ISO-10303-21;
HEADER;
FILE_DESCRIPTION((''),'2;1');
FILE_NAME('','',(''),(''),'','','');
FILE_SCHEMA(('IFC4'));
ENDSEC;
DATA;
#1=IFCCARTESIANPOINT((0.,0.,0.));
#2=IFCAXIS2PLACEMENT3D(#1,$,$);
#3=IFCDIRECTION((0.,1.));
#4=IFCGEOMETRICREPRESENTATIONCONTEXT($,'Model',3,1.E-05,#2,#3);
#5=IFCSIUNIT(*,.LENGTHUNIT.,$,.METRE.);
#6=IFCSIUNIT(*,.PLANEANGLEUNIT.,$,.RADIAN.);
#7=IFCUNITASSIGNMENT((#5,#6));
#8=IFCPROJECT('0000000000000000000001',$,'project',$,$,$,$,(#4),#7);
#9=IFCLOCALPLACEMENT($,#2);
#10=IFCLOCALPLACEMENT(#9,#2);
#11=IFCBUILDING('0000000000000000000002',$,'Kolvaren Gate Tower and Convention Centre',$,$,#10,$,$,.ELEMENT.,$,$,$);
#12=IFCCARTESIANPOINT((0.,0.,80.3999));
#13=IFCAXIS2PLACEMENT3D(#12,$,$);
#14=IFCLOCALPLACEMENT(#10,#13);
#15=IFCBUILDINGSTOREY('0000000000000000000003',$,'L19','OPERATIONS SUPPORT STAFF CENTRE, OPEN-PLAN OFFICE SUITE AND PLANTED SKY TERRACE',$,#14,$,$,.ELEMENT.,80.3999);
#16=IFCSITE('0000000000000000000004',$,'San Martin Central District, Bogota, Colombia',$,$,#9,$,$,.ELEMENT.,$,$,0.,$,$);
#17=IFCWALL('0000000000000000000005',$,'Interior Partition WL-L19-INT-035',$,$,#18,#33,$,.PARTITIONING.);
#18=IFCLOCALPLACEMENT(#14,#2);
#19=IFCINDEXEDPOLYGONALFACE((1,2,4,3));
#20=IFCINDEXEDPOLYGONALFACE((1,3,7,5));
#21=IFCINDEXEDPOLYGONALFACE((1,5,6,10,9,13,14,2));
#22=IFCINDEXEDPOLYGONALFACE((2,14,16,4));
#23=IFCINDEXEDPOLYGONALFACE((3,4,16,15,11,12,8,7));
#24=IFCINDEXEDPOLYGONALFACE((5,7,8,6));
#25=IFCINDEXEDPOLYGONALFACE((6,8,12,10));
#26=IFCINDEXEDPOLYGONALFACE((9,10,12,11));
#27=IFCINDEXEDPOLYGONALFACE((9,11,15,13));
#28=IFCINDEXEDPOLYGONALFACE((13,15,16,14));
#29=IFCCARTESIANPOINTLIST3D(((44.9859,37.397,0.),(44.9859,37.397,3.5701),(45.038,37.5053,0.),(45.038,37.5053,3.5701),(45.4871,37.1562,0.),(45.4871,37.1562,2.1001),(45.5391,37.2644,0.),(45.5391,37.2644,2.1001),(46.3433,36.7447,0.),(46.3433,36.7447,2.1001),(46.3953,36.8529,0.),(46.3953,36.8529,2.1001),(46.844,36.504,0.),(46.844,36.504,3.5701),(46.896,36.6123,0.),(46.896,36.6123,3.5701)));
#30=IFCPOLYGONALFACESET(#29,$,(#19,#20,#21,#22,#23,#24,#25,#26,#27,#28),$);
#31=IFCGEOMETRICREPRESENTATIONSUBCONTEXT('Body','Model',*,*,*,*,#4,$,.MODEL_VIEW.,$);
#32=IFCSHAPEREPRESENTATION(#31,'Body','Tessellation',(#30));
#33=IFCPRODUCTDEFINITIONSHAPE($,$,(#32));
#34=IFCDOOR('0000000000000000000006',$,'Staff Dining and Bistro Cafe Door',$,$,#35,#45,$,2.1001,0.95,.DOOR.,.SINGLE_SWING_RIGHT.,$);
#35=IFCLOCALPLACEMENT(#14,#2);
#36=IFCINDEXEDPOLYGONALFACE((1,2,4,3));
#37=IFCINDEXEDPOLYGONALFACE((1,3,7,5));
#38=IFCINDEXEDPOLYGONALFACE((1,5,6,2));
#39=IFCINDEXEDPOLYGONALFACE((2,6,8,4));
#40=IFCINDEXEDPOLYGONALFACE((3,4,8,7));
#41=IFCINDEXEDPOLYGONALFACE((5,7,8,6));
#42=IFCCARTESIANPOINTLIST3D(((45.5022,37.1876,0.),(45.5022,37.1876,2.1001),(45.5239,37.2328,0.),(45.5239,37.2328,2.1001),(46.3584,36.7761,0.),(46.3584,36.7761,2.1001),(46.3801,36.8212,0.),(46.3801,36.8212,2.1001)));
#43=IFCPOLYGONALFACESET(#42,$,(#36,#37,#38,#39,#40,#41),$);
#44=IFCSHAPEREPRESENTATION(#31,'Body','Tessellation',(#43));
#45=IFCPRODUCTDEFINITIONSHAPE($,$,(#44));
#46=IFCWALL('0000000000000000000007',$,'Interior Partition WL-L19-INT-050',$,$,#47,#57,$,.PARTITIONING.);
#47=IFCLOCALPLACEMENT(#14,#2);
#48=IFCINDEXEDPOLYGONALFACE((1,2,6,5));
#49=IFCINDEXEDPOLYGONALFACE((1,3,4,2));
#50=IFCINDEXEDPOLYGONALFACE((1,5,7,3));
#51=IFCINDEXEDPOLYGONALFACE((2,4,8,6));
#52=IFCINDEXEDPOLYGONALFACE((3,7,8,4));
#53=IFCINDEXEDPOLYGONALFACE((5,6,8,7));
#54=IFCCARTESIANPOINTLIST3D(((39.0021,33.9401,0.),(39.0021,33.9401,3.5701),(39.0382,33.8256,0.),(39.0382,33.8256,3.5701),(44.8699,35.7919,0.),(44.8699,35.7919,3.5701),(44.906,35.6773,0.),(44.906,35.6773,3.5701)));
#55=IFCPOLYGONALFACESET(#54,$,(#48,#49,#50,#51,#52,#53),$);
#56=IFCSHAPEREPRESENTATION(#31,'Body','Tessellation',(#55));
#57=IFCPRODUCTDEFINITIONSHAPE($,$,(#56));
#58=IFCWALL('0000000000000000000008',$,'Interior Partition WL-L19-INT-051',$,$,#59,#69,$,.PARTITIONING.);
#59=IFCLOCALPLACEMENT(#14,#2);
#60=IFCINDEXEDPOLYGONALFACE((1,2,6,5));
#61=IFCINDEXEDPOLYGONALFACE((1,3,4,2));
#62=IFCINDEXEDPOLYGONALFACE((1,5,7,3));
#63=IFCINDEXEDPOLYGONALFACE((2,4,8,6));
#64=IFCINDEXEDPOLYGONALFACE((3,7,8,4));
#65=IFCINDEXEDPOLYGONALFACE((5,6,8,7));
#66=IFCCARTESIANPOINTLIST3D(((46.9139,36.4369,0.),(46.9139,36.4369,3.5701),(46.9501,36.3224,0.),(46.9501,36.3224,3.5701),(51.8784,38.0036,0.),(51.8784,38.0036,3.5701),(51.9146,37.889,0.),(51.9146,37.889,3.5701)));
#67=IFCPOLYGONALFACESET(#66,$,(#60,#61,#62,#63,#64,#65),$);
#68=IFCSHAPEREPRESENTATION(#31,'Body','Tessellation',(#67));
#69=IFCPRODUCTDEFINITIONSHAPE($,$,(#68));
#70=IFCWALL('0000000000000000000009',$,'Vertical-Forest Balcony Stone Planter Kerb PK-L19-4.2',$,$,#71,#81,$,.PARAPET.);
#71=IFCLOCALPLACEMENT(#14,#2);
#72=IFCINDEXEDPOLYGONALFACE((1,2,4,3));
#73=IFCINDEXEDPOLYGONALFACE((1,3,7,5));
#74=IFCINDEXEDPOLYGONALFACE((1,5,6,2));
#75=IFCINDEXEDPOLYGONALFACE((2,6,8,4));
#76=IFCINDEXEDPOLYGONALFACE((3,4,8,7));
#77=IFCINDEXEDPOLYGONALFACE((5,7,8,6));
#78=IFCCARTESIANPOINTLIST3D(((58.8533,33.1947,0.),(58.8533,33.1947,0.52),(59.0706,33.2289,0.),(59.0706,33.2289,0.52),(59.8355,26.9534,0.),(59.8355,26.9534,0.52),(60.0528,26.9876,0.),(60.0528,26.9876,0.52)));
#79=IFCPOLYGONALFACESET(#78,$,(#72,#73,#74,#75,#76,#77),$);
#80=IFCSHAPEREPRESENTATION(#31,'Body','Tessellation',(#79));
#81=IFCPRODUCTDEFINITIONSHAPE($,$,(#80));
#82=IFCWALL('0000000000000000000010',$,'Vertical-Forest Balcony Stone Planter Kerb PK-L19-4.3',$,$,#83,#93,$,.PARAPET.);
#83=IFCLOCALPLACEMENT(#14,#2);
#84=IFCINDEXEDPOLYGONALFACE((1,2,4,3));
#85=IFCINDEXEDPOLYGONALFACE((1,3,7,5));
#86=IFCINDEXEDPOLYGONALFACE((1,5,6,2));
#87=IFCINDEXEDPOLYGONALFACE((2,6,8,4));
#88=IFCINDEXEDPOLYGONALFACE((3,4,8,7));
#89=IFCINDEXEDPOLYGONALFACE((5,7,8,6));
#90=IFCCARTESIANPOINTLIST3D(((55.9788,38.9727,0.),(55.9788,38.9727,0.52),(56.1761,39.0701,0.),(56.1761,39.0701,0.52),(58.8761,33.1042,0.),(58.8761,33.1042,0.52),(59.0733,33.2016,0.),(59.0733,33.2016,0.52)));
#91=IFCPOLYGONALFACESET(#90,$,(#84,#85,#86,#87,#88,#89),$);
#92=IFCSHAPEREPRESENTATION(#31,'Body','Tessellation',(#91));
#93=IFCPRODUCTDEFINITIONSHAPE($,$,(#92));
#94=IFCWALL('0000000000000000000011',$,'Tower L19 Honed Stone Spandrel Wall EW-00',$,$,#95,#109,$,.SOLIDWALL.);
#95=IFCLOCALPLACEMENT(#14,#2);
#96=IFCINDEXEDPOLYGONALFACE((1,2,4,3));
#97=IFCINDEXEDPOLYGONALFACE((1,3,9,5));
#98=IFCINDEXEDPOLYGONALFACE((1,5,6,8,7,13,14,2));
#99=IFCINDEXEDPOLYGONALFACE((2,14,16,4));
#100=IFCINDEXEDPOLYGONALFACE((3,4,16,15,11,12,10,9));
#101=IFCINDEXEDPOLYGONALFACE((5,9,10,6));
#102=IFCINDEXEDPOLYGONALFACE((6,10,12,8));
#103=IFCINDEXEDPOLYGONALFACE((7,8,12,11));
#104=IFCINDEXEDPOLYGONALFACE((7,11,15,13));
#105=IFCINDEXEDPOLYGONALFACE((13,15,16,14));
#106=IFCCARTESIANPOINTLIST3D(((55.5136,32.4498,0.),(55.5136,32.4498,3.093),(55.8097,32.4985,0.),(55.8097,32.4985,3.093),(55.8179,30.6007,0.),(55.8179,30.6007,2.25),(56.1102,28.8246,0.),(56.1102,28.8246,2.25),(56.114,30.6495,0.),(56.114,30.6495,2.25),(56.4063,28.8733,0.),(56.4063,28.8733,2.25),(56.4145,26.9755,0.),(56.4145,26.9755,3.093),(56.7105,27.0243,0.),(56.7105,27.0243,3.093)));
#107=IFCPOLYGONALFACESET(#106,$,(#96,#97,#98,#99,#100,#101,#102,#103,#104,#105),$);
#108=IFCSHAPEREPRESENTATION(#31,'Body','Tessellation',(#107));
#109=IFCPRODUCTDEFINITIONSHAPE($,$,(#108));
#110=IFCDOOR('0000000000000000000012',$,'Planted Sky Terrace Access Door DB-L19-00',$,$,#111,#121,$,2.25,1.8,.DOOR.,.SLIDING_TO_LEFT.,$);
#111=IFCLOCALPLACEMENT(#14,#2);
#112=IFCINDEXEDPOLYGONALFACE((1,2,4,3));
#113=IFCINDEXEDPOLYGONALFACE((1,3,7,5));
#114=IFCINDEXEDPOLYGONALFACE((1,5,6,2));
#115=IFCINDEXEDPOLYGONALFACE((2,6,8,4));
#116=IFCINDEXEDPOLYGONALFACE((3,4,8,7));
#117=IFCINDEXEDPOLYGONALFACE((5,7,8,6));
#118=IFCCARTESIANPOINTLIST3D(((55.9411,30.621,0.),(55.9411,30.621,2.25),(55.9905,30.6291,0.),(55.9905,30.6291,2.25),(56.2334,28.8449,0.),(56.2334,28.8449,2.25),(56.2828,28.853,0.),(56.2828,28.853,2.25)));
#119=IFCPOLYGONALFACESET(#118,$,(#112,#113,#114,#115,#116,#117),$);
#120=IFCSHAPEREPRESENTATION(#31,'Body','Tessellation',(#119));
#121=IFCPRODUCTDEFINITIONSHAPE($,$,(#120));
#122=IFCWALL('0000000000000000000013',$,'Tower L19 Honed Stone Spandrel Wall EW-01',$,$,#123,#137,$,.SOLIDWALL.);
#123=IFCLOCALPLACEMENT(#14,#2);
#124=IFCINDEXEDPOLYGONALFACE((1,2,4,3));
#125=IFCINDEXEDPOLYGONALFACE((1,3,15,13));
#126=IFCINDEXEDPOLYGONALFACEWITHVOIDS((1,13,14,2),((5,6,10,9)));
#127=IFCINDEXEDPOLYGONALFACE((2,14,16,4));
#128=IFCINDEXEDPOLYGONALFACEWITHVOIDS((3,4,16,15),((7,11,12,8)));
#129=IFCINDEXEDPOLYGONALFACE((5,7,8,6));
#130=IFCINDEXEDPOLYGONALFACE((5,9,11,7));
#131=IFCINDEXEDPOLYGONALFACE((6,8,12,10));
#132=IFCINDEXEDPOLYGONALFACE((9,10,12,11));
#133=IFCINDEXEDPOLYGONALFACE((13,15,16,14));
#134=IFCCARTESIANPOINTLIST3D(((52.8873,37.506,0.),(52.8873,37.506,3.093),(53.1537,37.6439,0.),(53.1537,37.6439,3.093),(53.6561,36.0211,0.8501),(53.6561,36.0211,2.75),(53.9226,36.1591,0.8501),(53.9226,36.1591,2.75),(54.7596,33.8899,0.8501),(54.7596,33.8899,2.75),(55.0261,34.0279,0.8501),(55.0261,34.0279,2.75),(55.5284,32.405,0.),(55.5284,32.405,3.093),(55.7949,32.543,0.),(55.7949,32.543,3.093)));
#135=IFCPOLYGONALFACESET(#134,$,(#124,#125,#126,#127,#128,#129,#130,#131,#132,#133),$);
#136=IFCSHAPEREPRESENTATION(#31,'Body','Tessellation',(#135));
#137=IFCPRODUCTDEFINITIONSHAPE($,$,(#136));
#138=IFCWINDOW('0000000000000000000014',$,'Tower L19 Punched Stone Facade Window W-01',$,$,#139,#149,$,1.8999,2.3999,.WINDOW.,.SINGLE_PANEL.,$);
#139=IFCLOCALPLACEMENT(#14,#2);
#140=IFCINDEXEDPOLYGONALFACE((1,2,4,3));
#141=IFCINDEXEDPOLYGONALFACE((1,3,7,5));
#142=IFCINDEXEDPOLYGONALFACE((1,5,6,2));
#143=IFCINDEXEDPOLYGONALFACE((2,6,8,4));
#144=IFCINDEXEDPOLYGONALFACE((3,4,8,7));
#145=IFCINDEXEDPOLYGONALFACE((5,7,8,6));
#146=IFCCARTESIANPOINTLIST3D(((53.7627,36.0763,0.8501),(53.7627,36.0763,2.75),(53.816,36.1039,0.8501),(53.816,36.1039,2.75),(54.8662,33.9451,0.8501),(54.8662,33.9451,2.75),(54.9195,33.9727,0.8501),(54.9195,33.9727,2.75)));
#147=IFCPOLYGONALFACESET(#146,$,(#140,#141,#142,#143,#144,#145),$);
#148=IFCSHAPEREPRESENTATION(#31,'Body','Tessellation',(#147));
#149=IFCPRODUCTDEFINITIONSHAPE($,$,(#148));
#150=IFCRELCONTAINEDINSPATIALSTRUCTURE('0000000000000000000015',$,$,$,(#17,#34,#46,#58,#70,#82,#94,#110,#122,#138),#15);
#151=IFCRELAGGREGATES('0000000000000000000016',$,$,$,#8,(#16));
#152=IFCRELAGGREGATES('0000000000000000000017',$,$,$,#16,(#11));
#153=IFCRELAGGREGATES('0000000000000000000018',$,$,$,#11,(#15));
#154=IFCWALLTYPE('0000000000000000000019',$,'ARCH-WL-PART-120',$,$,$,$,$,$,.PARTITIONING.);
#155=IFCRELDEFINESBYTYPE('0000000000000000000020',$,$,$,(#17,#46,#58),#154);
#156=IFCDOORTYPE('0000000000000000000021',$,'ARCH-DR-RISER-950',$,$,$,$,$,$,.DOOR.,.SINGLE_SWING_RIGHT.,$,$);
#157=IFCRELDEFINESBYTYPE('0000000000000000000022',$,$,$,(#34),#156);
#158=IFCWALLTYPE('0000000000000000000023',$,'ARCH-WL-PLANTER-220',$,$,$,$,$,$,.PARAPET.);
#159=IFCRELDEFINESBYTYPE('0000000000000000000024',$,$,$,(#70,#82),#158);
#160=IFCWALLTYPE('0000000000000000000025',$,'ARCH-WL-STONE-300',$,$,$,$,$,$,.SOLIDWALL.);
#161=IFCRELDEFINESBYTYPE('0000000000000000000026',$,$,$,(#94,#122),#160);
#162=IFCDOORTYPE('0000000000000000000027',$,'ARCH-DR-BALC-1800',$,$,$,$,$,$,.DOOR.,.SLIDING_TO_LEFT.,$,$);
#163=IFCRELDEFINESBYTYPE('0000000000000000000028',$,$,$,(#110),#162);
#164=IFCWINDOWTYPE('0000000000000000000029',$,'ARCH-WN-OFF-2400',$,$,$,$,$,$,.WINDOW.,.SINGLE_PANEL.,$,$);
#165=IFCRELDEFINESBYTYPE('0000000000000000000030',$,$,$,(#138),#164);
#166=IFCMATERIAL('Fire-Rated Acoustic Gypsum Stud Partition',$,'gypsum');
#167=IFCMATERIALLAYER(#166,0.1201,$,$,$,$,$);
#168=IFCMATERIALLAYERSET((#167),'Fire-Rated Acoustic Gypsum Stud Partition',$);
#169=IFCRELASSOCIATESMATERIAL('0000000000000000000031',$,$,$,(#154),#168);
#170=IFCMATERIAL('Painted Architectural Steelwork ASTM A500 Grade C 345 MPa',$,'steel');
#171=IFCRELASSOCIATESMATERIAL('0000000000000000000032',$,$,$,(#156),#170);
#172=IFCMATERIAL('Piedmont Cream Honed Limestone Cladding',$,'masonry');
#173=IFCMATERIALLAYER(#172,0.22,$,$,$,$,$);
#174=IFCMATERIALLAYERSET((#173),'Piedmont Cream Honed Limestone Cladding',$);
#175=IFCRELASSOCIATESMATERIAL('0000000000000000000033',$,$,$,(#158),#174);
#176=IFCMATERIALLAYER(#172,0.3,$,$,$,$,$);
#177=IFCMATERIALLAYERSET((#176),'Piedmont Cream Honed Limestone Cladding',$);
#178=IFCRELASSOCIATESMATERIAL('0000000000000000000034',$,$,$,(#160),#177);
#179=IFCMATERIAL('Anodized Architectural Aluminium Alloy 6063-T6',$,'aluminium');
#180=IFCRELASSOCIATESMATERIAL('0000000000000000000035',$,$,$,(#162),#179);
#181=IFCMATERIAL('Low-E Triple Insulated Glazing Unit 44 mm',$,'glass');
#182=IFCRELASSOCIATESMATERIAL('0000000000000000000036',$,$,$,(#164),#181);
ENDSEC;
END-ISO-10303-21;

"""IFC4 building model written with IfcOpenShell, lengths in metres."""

from ifc_helpers import new_model, si_unit, direction, frame, frame_2d, origin, place, context, subcontext, project, spatial, rectangle, extrude, material, layer, layer_set, type_object, element, fill, save


model = new_model("IFC4")

# Units and contexts
model_context = context("Model", 3, precision=1e-05, world=origin(), true_north=direction((0.0, 1.0)))
body_context = subcontext(model_context, "Body", "Model", "MODEL_VIEW")
ifc_project = project(units=[si_unit("LENGTHUNIT", "METRE"), si_unit("PLANEANGLEUNIT", "RADIAN")], contexts=[model_context])

# Site, building, storey
site_placement = place(None, origin())
site = spatial("IfcSite", under=ifc_project, at=site_placement, Name="San Martin Central District, Bogota, Colombia", CompositionType="ELEMENT", RefElevation=0.0)
building_placement = place(site_placement, origin())
building = spatial("IfcBuilding", under=site, at=building_placement, Name="Kolvaren Gate Tower and Convention Centre", CompositionType="ELEMENT")
storey_placement = place(building_placement, frame((0.0, 0.0, 80.3999)))
storey = spatial("IfcBuildingStorey", under=building, at=storey_placement, Name="L19", Description="OPERATIONS SUPPORT STAFF CENTRE, OPEN-PLAN OFFICE SUITE AND PLANTED SKY TERRACE", CompositionType="ELEMENT", Elevation=80.3999)

# Wall, opening, door
ifc_material_1 = material(Name="Fire-Rated Acoustic Gypsum Stud Partition", Category="gypsum")
ifc_layer_1 = layer(ifc_material_1, 0.1201)
ifc_layer_set_1 = layer_set([ifc_layer_1], Name="Fire-Rated Acoustic Gypsum Stud Partition")
wall_type_1 = type_object("IfcWallType", Name="ARCH-WL-PART-120", PredefinedType="PARTITIONING", material=ifc_layer_set_1)
wall_1_placement = place(storey_placement, frame((45.012, 37.4512, 0.0), z_axis=(0.0, 0.0, 1.0), x_axis=(0.901305, -0.433185, 0.0)))
wall_1 = element("IfcWall", 1, at=wall_1_placement, inside=storey, type_object=wall_type_1, Name="Interior Partition WL-L19-INT-035", PredefinedType="PARTITIONING", context=body_context, shape_type="SweptSolid", body=[
    extrude(rectangle(XDim=2.0615, YDim=0.1201, at=frame_2d((1.0308, 0.0))), origin(), (0.0, 0.0, 1.0), 3.5701),
])
opening_1_placement = place(wall_1_placement, frame((0.5559, 0.0, 0.0)))
opening_1 = element("IfcOpeningElement", 2, at=opening_1_placement, cuts=wall_1, PredefinedType="OPENING", context=body_context, shape_type="SweptSolid", body=[
    extrude(rectangle(XDim=0.95, YDim=2.1001, at=frame_2d((0.4751, 1.05))), frame((0.0, 0.0701, 0.0), z_axis=(0.0, -1.0, 0.0), x_axis=(1.0, 0.0, 0.0)), (0.0, 0.0, 1.0), 0.1401),
])
ifc_material_2 = material(Name="Painted Architectural Steelwork ASTM A500 Grade C 345 MPa", Category="steel")
door_type_1 = type_object("IfcDoorType", Name="ARCH-DR-RISER-950", OperationType="SINGLE_SWING_RIGHT", PredefinedType="DOOR", material=ifc_material_2)
door_1_placement = place(opening_1_placement, origin())
door_1 = element("IfcDoor", 3, at=door_1_placement, inside=storey, type_object=door_type_1, Name="Staff Dining and Bistro Cafe Door", OperationType="SINGLE_SWING_RIGHT", OverallHeight=2.1001, OverallWidth=0.95, PredefinedType="DOOR", context=body_context, shape_type="SweptSolid", body=[
    extrude(rectangle(XDim=0.95, YDim=2.1001, at=frame_2d((0.4751, 1.05))), frame((0.0, 0.0249, 0.0), z_axis=(0.0, -1.0, 0.0), x_axis=(1.0, 0.0, 0.0)), (0.0, 0.0, 1.0), 0.05),
])
fill(opening_1, door_1)

# Walls
wall_2_placement = place(storey_placement, frame((39.02, 33.8828, 0.0), z_axis=(0.0, 0.0, 1.0), x_axis=(0.95364, 0.300951, 0.0)))
element("IfcWall", 4, at=wall_2_placement, inside=storey, type_object=wall_type_1, Name="Interior Partition WL-L19-INT-050", PredefinedType="PARTITIONING", context=body_context, shape_type="SweptSolid", body=[
    extrude(rectangle(XDim=6.1531, YDim=0.1201, at=frame_2d((3.0767, 0.0))), origin(), (0.0, 0.0, 1.0), 3.5701),
])
wall_3_placement = place(storey_placement, frame((46.9319, 36.3796, 0.0), z_axis=(0.0, 0.0, 1.0), x_axis=(0.953644, 0.300936, 0.0)))
element("IfcWall", 5, at=wall_3_placement, inside=storey, type_object=wall_type_1, Name="Interior Partition WL-L19-INT-051", PredefinedType="PARTITIONING", context=body_context, shape_type="SweptSolid", body=[
    extrude(rectangle(XDim=5.2058, YDim=0.1201, at=frame_2d((2.603, 0.0))), origin(), (0.0, 0.0, 1.0), 3.5701),
])
ifc_material_3 = material(Name="Piedmont Cream Honed Limestone Cladding", Category="masonry")
ifc_layer_2 = layer(ifc_material_3, 0.22)
ifc_layer_set_2 = layer_set([ifc_layer_2], Name="Piedmont Cream Honed Limestone Cladding")
wall_type_2 = type_object("IfcWallType", Name="ARCH-WL-PLANTER-220", PredefinedType="PARAPET", material=ifc_layer_set_2)
wall_4_placement = place(storey_placement, frame((58.9619, 33.2119, 0.0), z_axis=(0.0, 0.0, 1.0), x_axis=(0.155457, -0.987843, 0.0)))
element("IfcWall", 6, at=wall_4_placement, inside=storey, type_object=wall_type_2, Name="Vertical-Forest Balcony Stone Planter Kerb PK-L19-4.2", PredefinedType="PARAPET", context=body_context, shape_type="SweptSolid", body=[
    extrude(rectangle(XDim=6.3181, YDim=0.22, at=frame_2d((3.1592, 0.0))), origin(), (0.0, 0.0, 1.0), 0.52),
])
wall_5_placement = place(storey_placement, frame((56.0774, 39.0215, 0.0), z_axis=(0.0, 0.0, 1.0), x_axis=(0.442687, -0.896676, 0.0)))
element("IfcWall", 7, at=wall_5_placement, inside=storey, type_object=wall_type_2, Name="Vertical-Forest Balcony Stone Planter Kerb PK-L19-4.3", PredefinedType="PARAPET", context=body_context, shape_type="SweptSolid", body=[
    extrude(rectangle(XDim=6.5447, YDim=0.22, at=frame_2d((3.2725, 0.0))), origin(), (0.0, 0.0, 1.0), 0.52),
])

# Wall, opening, door
ifc_layer_3 = layer(ifc_material_3, 0.3)
ifc_layer_set_3 = layer_set([ifc_layer_3], Name="Piedmont Cream Honed Limestone Cladding")
wall_type_3 = type_object("IfcWallType", Name="ARCH-WL-STONE-300", PredefinedType="SOLIDWALL", material=ifc_layer_set_3)
wall_6_placement = place(storey_placement, frame((55.6616, 32.4741, 0.0), z_axis=(0.0, 0.0, 1.0), x_axis=(0.162386, -0.986727, 0.0)))
wall_6 = element("IfcWall", 8, at=wall_6_placement, inside=storey, type_object=wall_type_3, Name="Tower L19 Honed Stone Spandrel Wall EW-00", PredefinedType="SOLIDWALL", context=body_context, shape_type="SweptSolid", body=[
    extrude(rectangle(XDim=5.5479, YDim=0.3, at=frame_2d((2.7739, 0.0))), origin(), (0.0, 0.0, 1.0), 3.093),
])
opening_2_placement = place(wall_6_placement, frame((1.874, 0.0, 0.0)))
opening_2 = element("IfcOpeningElement", 9, at=opening_2_placement, cuts=wall_6, PredefinedType="OPENING", context=body_context, shape_type="SweptSolid", body=[
    extrude(rectangle(XDim=1.8, YDim=2.25, at=frame_2d((0.8999, 1.125))), frame((0.0, 0.1599, 0.0), z_axis=(0.0, -1.0, 0.0), x_axis=(1.0, 0.0, 0.0)), (0.0, 0.0, 1.0), 0.3201),
])
ifc_material_4 = material(Name="Anodized Architectural Aluminium Alloy 6063-T6", Category="aluminium")
door_type_2 = type_object("IfcDoorType", Name="ARCH-DR-BALC-1800", OperationType="SLIDING_TO_LEFT", PredefinedType="DOOR", material=ifc_material_4)
door_2_placement = place(opening_2_placement, origin())
door_2 = element("IfcDoor", 10, at=door_2_placement, inside=storey, type_object=door_type_2, Name="Planted Sky Terrace Access Door DB-L19-00", OperationType="SLIDING_TO_LEFT", OverallHeight=2.25, OverallWidth=1.8, PredefinedType="DOOR", context=body_context, shape_type="SweptSolid", body=[
    extrude(rectangle(XDim=1.8, YDim=2.25, at=frame_2d((0.8999, 1.125))), frame((0.0, 0.0249, 0.0), z_axis=(0.0, -1.0, 0.0), x_axis=(1.0, 0.0, 0.0)), (0.0, 0.0, 1.0), 0.05),
])
fill(opening_2, door_2)

# Wall, opening, window
wall_7_placement = place(storey_placement, frame((53.0205, 37.575, 0.0), z_axis=(0.0, 0.0, 1.0), x_axis=(0.459801, -0.888022, 0.0)))
wall_7 = element("IfcWall", 11, at=wall_7_placement, inside=storey, type_object=wall_type_3, Name="Tower L19 Honed Stone Spandrel Wall EW-01", PredefinedType="SOLIDWALL", context=body_context, shape_type="SweptSolid", body=[
    extrude(rectangle(XDim=5.7441, YDim=0.3, at=frame_2d((2.8721, 0.0))), origin(), (0.0, 0.0, 1.0), 3.093),
])
opening_3_placement = place(wall_7_placement, frame((1.6721, 0.0, 0.8501)))
opening_3 = element("IfcOpeningElement", 12, at=opening_3_placement, cuts=wall_7, PredefinedType="OPENING", context=body_context, shape_type="SweptSolid", body=[
    extrude(rectangle(XDim=2.3999, YDim=1.8999, at=frame_2d((1.2, 0.95))), frame((0.0, 0.1599, 0.0), z_axis=(0.0, -1.0, 0.0), x_axis=(1.0, 0.0, 0.0)), (0.0, 0.0, 1.0), 0.3201),
])
ifc_material_5 = material(Name="Low-E Triple Insulated Glazing Unit 44 mm", Category="glass")
window_type = type_object("IfcWindowType", Name="ARCH-WN-OFF-2400", PartitioningType="SINGLE_PANEL", PredefinedType="WINDOW", material=ifc_material_5)
window_1_placement = place(opening_3_placement, origin())
window_1 = element("IfcWindow", 13, at=window_1_placement, inside=storey, type_object=window_type, Name="Tower L19 Punched Stone Facade Window W-01", OverallHeight=1.8999, OverallWidth=2.3999, PartitioningType="SINGLE_PANEL", PredefinedType="WINDOW", context=body_context, shape_type="SweptSolid", body=[
    extrude(rectangle(XDim=2.3999, YDim=1.8999, at=frame_2d((1.2, 0.95))), frame((0.0, 0.03, 0.0), z_axis=(0.0, -1.0, 0.0), x_axis=(1.0, 0.0, 0.0)), (0.0, 0.0, 1.0), 0.0601),
])
fill(opening_3, window_1)

save(model, "model.ifc")
